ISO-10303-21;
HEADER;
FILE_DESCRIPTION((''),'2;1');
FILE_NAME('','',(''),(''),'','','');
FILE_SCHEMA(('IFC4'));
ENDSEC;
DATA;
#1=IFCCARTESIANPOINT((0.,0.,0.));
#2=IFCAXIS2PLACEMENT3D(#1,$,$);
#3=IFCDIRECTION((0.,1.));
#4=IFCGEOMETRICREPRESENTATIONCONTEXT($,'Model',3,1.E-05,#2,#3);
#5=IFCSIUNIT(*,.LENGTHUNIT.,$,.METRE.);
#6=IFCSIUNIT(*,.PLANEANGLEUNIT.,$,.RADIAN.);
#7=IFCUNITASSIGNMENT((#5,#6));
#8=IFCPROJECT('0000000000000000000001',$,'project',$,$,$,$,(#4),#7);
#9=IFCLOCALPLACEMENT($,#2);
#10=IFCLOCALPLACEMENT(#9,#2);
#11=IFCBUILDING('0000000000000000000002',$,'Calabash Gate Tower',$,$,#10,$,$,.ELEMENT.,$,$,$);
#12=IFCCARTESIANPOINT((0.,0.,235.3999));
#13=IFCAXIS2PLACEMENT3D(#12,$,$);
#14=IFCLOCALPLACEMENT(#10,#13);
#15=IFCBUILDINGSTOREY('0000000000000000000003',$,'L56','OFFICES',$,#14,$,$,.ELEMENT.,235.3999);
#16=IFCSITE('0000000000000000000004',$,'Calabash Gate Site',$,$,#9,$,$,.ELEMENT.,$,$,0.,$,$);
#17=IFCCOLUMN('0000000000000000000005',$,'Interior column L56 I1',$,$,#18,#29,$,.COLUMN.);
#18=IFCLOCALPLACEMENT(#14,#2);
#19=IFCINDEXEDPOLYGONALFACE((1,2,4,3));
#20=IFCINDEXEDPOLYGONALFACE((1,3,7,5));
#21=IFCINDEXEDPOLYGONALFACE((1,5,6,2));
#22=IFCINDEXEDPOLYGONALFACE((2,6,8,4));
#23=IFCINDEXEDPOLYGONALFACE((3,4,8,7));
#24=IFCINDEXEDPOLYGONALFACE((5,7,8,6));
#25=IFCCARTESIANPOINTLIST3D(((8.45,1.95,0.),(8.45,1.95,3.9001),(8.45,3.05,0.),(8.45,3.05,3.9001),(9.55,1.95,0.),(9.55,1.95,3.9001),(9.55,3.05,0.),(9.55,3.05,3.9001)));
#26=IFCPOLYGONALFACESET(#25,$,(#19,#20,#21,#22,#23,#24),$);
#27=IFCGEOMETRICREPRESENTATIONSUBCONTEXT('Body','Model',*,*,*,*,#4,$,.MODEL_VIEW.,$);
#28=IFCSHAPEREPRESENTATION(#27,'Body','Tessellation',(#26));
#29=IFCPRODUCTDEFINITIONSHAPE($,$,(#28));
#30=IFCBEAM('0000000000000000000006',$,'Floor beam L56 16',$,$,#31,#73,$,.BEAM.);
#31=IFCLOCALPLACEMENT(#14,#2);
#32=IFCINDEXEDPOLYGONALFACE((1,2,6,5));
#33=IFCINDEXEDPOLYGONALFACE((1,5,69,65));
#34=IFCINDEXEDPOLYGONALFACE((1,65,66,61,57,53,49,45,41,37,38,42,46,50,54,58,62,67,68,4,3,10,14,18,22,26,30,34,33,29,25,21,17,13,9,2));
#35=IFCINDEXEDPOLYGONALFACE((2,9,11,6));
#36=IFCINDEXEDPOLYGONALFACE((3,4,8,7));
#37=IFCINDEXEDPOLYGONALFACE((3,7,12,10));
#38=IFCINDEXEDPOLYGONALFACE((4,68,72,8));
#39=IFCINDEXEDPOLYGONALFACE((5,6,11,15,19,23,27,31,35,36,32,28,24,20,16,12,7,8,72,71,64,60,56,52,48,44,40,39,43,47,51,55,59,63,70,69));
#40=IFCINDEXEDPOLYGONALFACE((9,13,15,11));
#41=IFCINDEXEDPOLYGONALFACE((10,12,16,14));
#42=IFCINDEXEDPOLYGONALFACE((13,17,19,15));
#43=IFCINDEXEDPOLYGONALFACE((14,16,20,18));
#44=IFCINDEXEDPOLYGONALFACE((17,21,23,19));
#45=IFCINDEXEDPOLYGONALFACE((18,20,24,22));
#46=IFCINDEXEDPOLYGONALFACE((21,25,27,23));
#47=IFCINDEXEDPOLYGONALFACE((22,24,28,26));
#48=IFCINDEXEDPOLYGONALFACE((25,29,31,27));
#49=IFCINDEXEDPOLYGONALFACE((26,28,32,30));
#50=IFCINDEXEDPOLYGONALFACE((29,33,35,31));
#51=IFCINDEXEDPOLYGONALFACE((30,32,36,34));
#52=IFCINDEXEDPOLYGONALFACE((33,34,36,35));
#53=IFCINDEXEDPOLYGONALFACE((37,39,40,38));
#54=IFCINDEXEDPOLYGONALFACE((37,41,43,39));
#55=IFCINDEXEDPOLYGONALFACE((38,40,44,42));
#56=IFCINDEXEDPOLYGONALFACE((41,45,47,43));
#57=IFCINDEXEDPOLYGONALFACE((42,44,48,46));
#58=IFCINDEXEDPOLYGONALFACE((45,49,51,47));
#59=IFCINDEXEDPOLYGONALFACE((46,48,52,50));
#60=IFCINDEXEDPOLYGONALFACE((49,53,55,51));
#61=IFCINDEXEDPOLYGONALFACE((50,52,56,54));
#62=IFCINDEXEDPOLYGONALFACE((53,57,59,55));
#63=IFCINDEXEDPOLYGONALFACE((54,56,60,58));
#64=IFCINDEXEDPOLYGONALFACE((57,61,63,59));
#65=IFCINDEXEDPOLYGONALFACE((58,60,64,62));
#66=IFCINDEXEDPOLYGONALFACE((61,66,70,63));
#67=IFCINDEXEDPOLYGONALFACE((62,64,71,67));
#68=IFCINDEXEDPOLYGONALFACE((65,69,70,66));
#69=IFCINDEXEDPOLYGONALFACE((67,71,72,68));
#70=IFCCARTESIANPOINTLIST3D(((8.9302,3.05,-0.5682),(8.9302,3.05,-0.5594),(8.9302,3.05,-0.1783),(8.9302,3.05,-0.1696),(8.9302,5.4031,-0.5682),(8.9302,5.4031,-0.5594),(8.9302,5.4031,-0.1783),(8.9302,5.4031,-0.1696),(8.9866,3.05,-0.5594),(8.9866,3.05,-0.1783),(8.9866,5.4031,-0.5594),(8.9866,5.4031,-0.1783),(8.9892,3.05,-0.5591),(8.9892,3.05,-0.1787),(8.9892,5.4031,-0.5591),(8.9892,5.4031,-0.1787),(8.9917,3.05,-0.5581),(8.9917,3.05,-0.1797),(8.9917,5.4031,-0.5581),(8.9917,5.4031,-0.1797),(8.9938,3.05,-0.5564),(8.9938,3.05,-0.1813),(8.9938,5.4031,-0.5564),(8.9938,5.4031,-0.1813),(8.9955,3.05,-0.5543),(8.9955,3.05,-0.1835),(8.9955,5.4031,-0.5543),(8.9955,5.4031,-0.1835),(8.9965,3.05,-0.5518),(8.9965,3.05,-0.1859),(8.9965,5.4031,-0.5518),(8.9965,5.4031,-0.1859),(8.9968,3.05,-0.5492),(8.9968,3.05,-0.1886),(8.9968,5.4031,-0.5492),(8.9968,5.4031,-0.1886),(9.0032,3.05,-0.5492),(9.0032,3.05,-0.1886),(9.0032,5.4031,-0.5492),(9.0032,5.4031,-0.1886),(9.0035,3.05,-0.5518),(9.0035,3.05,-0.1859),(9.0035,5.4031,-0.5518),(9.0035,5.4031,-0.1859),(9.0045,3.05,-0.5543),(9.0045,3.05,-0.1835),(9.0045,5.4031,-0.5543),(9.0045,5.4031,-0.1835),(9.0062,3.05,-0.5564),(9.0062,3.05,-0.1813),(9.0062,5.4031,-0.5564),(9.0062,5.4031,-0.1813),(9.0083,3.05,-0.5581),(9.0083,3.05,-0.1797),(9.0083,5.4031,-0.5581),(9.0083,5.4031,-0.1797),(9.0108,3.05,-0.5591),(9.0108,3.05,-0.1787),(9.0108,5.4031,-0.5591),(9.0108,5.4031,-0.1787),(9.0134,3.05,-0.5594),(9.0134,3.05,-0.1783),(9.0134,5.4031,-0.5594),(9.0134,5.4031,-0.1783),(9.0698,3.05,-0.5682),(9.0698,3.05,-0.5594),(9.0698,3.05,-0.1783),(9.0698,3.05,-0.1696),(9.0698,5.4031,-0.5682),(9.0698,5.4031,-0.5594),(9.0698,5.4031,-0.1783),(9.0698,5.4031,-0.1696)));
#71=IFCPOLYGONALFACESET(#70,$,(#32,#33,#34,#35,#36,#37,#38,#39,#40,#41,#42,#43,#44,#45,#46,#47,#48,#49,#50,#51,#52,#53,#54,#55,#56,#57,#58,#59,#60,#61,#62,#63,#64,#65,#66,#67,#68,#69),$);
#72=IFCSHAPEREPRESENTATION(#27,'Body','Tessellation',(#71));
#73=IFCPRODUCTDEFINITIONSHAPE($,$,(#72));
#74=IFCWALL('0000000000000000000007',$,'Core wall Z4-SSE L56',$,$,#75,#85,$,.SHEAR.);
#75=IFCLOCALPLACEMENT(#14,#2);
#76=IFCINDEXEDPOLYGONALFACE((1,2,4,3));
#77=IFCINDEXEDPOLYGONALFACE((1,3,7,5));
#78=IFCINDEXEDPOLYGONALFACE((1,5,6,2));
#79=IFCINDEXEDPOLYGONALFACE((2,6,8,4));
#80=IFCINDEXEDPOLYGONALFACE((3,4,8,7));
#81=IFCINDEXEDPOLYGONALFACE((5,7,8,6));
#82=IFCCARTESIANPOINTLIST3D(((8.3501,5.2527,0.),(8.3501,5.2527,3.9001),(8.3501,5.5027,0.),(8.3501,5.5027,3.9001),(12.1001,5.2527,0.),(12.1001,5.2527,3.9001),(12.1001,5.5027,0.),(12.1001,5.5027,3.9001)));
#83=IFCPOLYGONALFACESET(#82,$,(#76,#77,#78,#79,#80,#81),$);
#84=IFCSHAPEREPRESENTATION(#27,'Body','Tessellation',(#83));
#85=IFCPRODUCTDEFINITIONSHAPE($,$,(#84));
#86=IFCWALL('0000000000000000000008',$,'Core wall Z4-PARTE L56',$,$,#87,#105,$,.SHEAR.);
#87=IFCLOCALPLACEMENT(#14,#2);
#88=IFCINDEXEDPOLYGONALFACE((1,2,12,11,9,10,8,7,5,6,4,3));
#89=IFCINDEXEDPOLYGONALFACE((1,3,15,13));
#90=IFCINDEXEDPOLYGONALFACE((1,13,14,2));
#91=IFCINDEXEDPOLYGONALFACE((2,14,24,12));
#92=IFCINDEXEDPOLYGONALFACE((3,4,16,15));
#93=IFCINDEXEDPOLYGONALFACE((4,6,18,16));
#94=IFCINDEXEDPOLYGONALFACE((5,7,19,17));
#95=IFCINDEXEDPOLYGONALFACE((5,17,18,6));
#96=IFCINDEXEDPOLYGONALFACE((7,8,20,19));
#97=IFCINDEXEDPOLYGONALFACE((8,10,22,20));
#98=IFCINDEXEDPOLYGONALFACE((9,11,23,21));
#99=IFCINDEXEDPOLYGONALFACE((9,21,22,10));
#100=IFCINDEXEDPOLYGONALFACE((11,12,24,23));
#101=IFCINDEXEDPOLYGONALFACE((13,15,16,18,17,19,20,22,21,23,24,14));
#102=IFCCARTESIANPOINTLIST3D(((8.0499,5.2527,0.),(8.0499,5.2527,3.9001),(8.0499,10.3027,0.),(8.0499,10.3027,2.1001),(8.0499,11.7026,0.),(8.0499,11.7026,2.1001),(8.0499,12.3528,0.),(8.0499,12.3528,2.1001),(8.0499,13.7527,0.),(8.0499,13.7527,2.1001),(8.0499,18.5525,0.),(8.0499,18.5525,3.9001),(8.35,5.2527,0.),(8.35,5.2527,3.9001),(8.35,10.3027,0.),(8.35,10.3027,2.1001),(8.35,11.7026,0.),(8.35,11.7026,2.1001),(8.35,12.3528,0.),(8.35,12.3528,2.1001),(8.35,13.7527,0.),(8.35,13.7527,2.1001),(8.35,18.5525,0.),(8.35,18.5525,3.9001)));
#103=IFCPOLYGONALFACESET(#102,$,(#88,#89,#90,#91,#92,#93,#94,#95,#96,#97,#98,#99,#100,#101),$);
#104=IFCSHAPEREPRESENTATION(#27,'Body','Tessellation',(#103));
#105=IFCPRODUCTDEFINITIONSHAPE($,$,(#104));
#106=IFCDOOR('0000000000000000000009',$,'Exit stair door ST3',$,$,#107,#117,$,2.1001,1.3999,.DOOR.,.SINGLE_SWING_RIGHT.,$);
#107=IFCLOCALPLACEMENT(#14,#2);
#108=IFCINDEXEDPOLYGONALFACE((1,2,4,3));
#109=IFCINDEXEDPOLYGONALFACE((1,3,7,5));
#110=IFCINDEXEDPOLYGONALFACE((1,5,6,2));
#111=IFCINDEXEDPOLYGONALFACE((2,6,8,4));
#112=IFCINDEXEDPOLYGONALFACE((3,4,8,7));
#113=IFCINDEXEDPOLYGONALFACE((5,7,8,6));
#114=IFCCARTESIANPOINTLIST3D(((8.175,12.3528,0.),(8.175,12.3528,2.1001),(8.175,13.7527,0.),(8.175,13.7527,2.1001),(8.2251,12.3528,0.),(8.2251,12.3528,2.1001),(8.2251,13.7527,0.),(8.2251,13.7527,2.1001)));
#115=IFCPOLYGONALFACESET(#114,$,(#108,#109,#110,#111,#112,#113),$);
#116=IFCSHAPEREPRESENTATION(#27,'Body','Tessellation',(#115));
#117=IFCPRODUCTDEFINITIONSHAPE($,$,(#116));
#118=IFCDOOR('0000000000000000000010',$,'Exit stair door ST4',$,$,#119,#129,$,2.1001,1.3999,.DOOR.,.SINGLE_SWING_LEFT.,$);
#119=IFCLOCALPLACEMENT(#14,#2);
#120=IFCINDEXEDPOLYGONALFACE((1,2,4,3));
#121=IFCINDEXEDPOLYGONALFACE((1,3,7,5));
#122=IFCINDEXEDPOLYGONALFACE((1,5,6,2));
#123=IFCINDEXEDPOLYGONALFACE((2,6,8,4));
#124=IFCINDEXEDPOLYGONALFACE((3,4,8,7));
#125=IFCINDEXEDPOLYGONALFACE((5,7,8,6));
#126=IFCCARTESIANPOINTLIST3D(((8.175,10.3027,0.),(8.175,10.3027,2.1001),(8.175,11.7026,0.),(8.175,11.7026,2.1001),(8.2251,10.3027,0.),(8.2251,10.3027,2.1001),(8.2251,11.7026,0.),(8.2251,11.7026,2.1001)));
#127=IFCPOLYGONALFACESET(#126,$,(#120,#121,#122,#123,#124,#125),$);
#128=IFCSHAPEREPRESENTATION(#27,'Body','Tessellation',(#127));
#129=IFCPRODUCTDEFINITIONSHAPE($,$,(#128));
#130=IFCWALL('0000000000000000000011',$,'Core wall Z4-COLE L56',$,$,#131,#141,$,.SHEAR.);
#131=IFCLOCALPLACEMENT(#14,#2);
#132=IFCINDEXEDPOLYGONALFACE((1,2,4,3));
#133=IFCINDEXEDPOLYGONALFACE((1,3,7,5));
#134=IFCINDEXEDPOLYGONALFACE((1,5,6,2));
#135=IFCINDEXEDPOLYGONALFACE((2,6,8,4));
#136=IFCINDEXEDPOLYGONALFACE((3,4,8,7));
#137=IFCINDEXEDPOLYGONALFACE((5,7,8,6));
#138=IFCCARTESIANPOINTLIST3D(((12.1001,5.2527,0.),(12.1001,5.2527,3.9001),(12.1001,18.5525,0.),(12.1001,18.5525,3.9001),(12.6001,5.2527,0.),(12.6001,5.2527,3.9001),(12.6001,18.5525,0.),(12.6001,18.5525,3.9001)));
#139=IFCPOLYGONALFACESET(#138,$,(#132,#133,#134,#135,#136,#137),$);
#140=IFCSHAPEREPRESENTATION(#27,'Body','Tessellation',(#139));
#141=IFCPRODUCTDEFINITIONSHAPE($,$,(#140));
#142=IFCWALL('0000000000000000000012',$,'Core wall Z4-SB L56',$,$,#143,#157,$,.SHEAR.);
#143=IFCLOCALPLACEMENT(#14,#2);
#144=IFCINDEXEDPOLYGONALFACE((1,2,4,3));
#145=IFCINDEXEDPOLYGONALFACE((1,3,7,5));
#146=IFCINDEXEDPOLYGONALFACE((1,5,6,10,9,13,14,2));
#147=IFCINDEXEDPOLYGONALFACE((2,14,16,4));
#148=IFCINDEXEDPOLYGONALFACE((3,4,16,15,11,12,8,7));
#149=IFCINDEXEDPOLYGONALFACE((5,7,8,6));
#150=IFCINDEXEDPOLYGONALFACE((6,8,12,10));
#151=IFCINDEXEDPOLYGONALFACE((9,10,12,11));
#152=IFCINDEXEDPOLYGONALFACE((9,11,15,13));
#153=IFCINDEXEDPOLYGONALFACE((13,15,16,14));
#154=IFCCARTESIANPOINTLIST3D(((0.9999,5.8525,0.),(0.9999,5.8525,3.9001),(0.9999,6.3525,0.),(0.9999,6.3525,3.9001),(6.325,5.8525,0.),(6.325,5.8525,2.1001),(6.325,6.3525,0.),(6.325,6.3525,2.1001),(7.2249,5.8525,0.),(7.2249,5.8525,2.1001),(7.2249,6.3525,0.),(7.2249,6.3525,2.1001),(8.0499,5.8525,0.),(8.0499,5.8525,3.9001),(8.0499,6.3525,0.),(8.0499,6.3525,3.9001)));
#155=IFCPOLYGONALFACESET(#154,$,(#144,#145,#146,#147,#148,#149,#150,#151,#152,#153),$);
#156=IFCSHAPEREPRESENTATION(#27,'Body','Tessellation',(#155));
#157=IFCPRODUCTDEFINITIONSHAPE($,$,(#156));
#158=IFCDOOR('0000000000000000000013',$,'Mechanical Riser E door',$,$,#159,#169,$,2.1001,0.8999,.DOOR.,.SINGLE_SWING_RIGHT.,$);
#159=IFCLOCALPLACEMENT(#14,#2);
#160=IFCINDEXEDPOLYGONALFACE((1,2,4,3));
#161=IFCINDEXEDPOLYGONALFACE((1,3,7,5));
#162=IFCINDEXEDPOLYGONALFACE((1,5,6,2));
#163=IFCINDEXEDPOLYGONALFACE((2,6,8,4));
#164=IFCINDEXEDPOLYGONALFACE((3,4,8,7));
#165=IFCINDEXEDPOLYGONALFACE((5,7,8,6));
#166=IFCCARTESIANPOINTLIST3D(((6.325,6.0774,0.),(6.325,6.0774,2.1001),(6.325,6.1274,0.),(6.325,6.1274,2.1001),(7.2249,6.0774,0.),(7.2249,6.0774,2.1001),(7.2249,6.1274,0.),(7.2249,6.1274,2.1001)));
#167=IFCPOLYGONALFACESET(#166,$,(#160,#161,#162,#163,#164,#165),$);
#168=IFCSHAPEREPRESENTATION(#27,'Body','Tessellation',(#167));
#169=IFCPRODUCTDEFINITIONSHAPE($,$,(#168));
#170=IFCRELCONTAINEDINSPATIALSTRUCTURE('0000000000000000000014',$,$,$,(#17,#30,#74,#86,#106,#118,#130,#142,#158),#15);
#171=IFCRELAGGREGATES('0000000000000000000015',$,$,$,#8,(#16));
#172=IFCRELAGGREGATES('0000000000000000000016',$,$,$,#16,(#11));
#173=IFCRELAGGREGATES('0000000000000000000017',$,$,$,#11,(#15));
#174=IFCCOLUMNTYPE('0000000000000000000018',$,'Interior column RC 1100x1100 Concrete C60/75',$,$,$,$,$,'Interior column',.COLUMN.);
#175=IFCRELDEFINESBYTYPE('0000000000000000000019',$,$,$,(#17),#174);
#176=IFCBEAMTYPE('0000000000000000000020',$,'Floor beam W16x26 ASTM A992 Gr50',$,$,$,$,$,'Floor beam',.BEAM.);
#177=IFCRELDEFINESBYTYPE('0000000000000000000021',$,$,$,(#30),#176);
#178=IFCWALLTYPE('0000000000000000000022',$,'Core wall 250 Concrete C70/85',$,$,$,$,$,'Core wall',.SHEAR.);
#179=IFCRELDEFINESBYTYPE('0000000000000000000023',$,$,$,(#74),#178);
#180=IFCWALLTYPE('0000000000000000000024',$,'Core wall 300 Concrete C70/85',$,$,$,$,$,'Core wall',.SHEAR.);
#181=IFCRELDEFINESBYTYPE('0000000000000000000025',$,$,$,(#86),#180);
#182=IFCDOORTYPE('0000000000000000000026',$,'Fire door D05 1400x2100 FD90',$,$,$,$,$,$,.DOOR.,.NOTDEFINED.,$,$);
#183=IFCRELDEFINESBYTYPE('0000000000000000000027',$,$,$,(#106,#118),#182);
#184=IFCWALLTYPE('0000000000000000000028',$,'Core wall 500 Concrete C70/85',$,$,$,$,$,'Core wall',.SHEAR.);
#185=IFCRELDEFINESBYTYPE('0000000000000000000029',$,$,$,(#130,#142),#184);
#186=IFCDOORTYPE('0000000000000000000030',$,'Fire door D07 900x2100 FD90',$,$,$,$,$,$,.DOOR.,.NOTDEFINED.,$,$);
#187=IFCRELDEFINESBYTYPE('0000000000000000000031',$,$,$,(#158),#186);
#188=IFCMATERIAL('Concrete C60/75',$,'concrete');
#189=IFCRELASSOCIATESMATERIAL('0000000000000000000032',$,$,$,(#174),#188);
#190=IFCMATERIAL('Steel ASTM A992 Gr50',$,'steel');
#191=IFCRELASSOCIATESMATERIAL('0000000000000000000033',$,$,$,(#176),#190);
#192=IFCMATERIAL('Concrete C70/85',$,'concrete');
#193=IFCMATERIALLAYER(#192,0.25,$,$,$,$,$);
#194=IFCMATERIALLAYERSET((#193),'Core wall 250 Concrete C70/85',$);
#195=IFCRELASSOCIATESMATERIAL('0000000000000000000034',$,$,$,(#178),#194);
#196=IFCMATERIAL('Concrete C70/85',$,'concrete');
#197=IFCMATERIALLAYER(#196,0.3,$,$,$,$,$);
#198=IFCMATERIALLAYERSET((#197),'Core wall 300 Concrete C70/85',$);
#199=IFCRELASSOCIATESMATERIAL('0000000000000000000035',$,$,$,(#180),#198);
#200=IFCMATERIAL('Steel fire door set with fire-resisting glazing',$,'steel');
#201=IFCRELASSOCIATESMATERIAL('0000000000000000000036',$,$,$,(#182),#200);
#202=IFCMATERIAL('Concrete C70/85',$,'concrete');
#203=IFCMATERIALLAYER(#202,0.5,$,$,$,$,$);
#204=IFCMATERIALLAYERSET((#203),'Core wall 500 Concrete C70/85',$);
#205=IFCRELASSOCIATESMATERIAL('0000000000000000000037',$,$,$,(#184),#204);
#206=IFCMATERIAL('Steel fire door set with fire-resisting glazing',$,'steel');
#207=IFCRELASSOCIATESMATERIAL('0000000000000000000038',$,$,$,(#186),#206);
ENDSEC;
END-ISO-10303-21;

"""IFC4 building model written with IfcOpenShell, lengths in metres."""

from ifc_helpers import new_model, si_unit, direction, frame, frame_2d, origin, origin_2d, place, context, subcontext, project, spatial, rectangle, i_section, extrude, material, layer, layer_set, material_profile, profile_set, type_object, element, fill, save


model = new_model("IFC4")

# Units and contexts
model_context = context("Model", 3, precision=1e-05, world=origin(), true_north=direction((0.0, 1.0)))
body_context = subcontext(model_context, "Body", "Model", "MODEL_VIEW")
ifc_project = project(units=[si_unit("LENGTHUNIT", "METRE"), si_unit("PLANEANGLEUNIT", "RADIAN")], contexts=[model_context])

# Site, building, storey
site_placement = place(None, origin())
site = spatial("IfcSite", under=ifc_project, at=site_placement, Name="Calabash Gate Site", CompositionType="ELEMENT", RefElevation=0.0)
building_placement = place(site_placement, origin())
building = spatial("IfcBuilding", under=site, at=building_placement, Name="Calabash Gate Tower", CompositionType="ELEMENT")
storey_placement = place(building_placement, frame((0.0, 0.0, 235.3999)))
storey = spatial("IfcBuildingStorey", under=building, at=storey_placement, Name="L56", Description="OFFICES", CompositionType="ELEMENT", Elevation=235.3999)

# Column
ifc_material_1 = material(Name="Concrete C60/75", Category="concrete")
ifc_material_profile_1 = material_profile(ifc_material_1, rectangle(XDim=1.1001, YDim=1.1001, at=origin_2d()))
ifc_profile_set_1 = profile_set([ifc_material_profile_1], Name="Concrete C60/75")
column_type = type_object("IfcColumnType", Name="Interior column RC 1100x1100 Concrete C60/75", ElementType="Interior column", PredefinedType="COLUMN", material=ifc_profile_set_1)
column_placement = place(storey_placement, frame((9.0, 2.5, 0.0), z_axis=(0.0, 0.0, 1.0), x_axis=(1.0, 0.0, 0.0)))
element("IfcColumn", 1, at=column_placement, inside=storey, type_object=column_type, Name="Interior column L56 I1", PredefinedType="COLUMN", context=body_context, shape_type="SweptSolid", body=[
    extrude(rectangle(XDim=1.1001, YDim=1.1001, at=origin_2d()), origin(), (0.0, 0.0, 1.0), 3.9001),
])

# Beam
ifc_material_2 = material(Name="Steel ASTM A992 Gr50", Category="steel")
ifc_material_profile_2 = material_profile(ifc_material_2, i_section(OverallWidth=0.1396, OverallDepth=0.3987, WebThickness=0.0063, FlangeThickness=0.0088, FilletRadius=0.0103, at=origin_2d()))
ifc_profile_set_2 = profile_set([ifc_material_profile_2], Name="Steel ASTM A992 Gr50")
beam_type = type_object("IfcBeamType", Name="Floor beam W16x26 ASTM A992 Gr50", ElementType="Floor beam", PredefinedType="BEAM", material=ifc_profile_set_2)
beam_placement = place(storey_placement, frame((9.0, 3.05, -0.3689), z_axis=(0.0, 1.0, 0.0), x_axis=(-1.0, 0.0, 0.0)))
element("IfcBeam", 2, at=beam_placement, inside=storey, type_object=beam_type, Name="Floor beam L56 16", PredefinedType="BEAM", context=body_context, shape_type="SweptSolid", body=[
    extrude(i_section(OverallWidth=0.1396, OverallDepth=0.3987, WebThickness=0.0063, FlangeThickness=0.0088, FilletRadius=0.0103, at=origin_2d()), origin(), (0.0, 0.0, 1.0), 2.353),
])

# Wall
ifc_material_3 = material(Name="Concrete C70/85", Category="concrete")
ifc_layer_1 = layer(ifc_material_3, 0.25)
ifc_layer_set_1 = layer_set([ifc_layer_1], Name="Core wall 250 Concrete C70/85")
wall_type_1 = type_object("IfcWallType", Name="Core wall 250 Concrete C70/85", ElementType="Core wall", PredefinedType="SHEAR", material=ifc_layer_set_1)
wall_1_placement = place(storey_placement, frame((8.3501, 5.3777, 0.0), z_axis=(0.0, 0.0, 1.0), x_axis=(1.0, 0.0, 0.0)))
element("IfcWall", 3, at=wall_1_placement, inside=storey, type_object=wall_type_1, Name="Core wall Z4-SSE L56", PredefinedType="SHEAR", context=body_context, shape_type="SweptSolid", body=[
    extrude(rectangle(XDim=3.75, YDim=0.25, at=frame_2d((1.875, 0.0))), origin(), (0.0, 0.0, 1.0), 3.9001),
])

# Wall, openings, doors
ifc_material_4 = material(Name="Concrete C70/85", Category="concrete")
ifc_layer_2 = layer(ifc_material_4, 0.3)
ifc_layer_set_2 = layer_set([ifc_layer_2], Name="Core wall 300 Concrete C70/85")
wall_type_2 = type_object("IfcWallType", Name="Core wall 300 Concrete C70/85", ElementType="Core wall", PredefinedType="SHEAR", material=ifc_layer_set_2)
wall_2_placement = place(storey_placement, frame((8.2, 5.2527, 0.0), z_axis=(0.0, 0.0, 1.0), x_axis=(0.0, 1.0, 0.0)))
wall_2 = element("IfcWall", 4, at=wall_2_placement, inside=storey, type_object=wall_type_2, Name="Core wall Z4-PARTE L56", PredefinedType="SHEAR", context=body_context, shape_type="SweptSolid", body=[
    extrude(rectangle(XDim=13.2998, YDim=0.3, at=frame_2d((6.6499, 0.0))), origin(), (0.0, 0.0, 1.0), 3.9001),
])
opening_1_placement = place(wall_2_placement, frame((7.1001, 0.0, 0.0)))
opening_1 = element("IfcOpeningElement", 5, at=opening_1_placement, cuts=wall_2, PredefinedType="OPENING", context=body_context, shape_type="SweptSolid", body=[
    extrude(rectangle(XDim=1.3999, YDim=2.1001, at=frame_2d((0.7, 1.05))), frame((0.0, 0.1599, 0.0), z_axis=(0.0, -1.0, 0.0), x_axis=(1.0, 0.0, 0.0)), (0.0, 0.0, 1.0), 0.3201),
])
opening_2_placement = place(wall_2_placement, frame((5.05, 0.0, 0.0)))
opening_2 = element("IfcOpeningElement", 6, at=opening_2_placement, cuts=wall_2, PredefinedType="OPENING", context=body_context, shape_type="SweptSolid", body=[
    extrude(rectangle(XDim=1.3999, YDim=2.1001, at=frame_2d((0.7, 1.05))), frame((0.0, 0.1599, 0.0), z_axis=(0.0, -1.0, 0.0), x_axis=(1.0, 0.0, 0.0)), (0.0, 0.0, 1.0), 0.3201),
])
ifc_material_5 = material(Name="Steel fire door set with fire-resisting glazing", Category="steel")
door_type_1 = type_object("IfcDoorType", Name="Fire door D05 1400x2100 FD90", OperationType="NOTDEFINED", PredefinedType="DOOR", material=ifc_material_5)
door_1_placement = place(opening_1_placement, origin())
door_1 = element("IfcDoor", 7, at=door_1_placement, inside=storey, type_object=door_type_1, Name="Exit stair door ST3", OperationType="SINGLE_SWING_RIGHT", OverallHeight=2.1001, OverallWidth=1.3999, PredefinedType="DOOR", context=body_context, shape_type="SweptSolid", body=[
    extrude(rectangle(XDim=1.3999, YDim=2.1001, at=frame_2d((0.7, 1.05))), frame((0.0, 0.0249, 0.0), z_axis=(0.0, -1.0, 0.0), x_axis=(1.0, 0.0, 0.0)), (0.0, 0.0, 1.0), 0.05),
])
fill(opening_1, door_1)
door_2_placement = place(opening_2_placement, origin())
door_2 = element("IfcDoor", 8, at=door_2_placement, inside=storey, type_object=door_type_1, Name="Exit stair door ST4", OperationType="SINGLE_SWING_LEFT", OverallHeight=2.1001, OverallWidth=1.3999, PredefinedType="DOOR", context=body_context, shape_type="SweptSolid", body=[
    extrude(rectangle(XDim=1.3999, YDim=2.1001, at=frame_2d((0.7, 1.05))), frame((0.0, 0.0249, 0.0), z_axis=(0.0, -1.0, 0.0), x_axis=(1.0, 0.0, 0.0)), (0.0, 0.0, 1.0), 0.05),
])
fill(opening_2, door_2)

# Wall
ifc_material_6 = material(Name="Concrete C70/85", Category="concrete")
ifc_layer_3 = layer(ifc_material_6, 0.5)
ifc_layer_set_3 = layer_set([ifc_layer_3], Name="Core wall 500 Concrete C70/85")
wall_type_3 = type_object("IfcWallType", Name="Core wall 500 Concrete C70/85", ElementType="Core wall", PredefinedType="SHEAR", material=ifc_layer_set_3)
wall_3_placement = place(storey_placement, frame((12.3501, 5.2527, 0.0), z_axis=(0.0, 0.0, 1.0), x_axis=(0.0, 1.0, 0.0)))
element("IfcWall", 9, at=wall_3_placement, inside=storey, type_object=wall_type_3, Name="Core wall Z4-COLE L56", PredefinedType="SHEAR", context=body_context, shape_type="SweptSolid", body=[
    extrude(rectangle(XDim=13.2998, YDim=0.5, at=frame_2d((6.6499, 0.0))), origin(), (0.0, 0.0, 1.0), 3.9001),
])

# Wall, opening, door
wall_4_placement = place(storey_placement, frame((1.0, 6.1025, 0.0), z_axis=(0.0, 0.0, 1.0), x_axis=(1.0, 0.0, 0.0)))
wall_4 = element("IfcWall", 10, at=wall_4_placement, inside=storey, type_object=wall_type_3, Name="Core wall Z4-SB L56", PredefinedType="SHEAR", context=body_context, shape_type="SweptSolid", body=[
    extrude(rectangle(XDim=7.05, YDim=0.5, at=frame_2d((3.5249, 0.0))), origin(), (0.0, 0.0, 1.0), 3.9001),
])
opening_3_placement = place(wall_4_placement, frame((5.325, 0.0, 0.0)))
opening_3 = element("IfcOpeningElement", 11, at=opening_3_placement, cuts=wall_4, PredefinedType="OPENING", context=body_context, shape_type="SweptSolid", body=[
    extrude(rectangle(XDim=0.8999, YDim=2.1001, at=frame_2d((0.45, 1.05))), frame((0.0, 0.26, 0.0), z_axis=(0.0, -1.0, 0.0), x_axis=(1.0, 0.0, 0.0)), (0.0, 0.0, 1.0), 0.52),
])
ifc_material_7 = material(Name="Steel fire door set with fire-resisting glazing", Category="steel")
door_type_2 = type_object("IfcDoorType", Name="Fire door D07 900x2100 FD90", OperationType="NOTDEFINED", PredefinedType="DOOR", material=ifc_material_7)
door_3_placement = place(opening_3_placement, origin())
door_3 = element("IfcDoor", 12, at=door_3_placement, inside=storey, type_object=door_type_2, Name="Mechanical Riser E door", OperationType="SINGLE_SWING_RIGHT", OverallHeight=2.1001, OverallWidth=0.8999, PredefinedType="DOOR", context=body_context, shape_type="SweptSolid", body=[
    extrude(rectangle(XDim=0.8999, YDim=2.1001, at=frame_2d((0.45, 1.05))), frame((0.0, 0.0249, 0.0), z_axis=(0.0, -1.0, 0.0), x_axis=(1.0, 0.0, 0.0)), (0.0, 0.0, 1.0), 0.05),
])
fill(opening_3, door_3)

save(model, "model.ifc")
